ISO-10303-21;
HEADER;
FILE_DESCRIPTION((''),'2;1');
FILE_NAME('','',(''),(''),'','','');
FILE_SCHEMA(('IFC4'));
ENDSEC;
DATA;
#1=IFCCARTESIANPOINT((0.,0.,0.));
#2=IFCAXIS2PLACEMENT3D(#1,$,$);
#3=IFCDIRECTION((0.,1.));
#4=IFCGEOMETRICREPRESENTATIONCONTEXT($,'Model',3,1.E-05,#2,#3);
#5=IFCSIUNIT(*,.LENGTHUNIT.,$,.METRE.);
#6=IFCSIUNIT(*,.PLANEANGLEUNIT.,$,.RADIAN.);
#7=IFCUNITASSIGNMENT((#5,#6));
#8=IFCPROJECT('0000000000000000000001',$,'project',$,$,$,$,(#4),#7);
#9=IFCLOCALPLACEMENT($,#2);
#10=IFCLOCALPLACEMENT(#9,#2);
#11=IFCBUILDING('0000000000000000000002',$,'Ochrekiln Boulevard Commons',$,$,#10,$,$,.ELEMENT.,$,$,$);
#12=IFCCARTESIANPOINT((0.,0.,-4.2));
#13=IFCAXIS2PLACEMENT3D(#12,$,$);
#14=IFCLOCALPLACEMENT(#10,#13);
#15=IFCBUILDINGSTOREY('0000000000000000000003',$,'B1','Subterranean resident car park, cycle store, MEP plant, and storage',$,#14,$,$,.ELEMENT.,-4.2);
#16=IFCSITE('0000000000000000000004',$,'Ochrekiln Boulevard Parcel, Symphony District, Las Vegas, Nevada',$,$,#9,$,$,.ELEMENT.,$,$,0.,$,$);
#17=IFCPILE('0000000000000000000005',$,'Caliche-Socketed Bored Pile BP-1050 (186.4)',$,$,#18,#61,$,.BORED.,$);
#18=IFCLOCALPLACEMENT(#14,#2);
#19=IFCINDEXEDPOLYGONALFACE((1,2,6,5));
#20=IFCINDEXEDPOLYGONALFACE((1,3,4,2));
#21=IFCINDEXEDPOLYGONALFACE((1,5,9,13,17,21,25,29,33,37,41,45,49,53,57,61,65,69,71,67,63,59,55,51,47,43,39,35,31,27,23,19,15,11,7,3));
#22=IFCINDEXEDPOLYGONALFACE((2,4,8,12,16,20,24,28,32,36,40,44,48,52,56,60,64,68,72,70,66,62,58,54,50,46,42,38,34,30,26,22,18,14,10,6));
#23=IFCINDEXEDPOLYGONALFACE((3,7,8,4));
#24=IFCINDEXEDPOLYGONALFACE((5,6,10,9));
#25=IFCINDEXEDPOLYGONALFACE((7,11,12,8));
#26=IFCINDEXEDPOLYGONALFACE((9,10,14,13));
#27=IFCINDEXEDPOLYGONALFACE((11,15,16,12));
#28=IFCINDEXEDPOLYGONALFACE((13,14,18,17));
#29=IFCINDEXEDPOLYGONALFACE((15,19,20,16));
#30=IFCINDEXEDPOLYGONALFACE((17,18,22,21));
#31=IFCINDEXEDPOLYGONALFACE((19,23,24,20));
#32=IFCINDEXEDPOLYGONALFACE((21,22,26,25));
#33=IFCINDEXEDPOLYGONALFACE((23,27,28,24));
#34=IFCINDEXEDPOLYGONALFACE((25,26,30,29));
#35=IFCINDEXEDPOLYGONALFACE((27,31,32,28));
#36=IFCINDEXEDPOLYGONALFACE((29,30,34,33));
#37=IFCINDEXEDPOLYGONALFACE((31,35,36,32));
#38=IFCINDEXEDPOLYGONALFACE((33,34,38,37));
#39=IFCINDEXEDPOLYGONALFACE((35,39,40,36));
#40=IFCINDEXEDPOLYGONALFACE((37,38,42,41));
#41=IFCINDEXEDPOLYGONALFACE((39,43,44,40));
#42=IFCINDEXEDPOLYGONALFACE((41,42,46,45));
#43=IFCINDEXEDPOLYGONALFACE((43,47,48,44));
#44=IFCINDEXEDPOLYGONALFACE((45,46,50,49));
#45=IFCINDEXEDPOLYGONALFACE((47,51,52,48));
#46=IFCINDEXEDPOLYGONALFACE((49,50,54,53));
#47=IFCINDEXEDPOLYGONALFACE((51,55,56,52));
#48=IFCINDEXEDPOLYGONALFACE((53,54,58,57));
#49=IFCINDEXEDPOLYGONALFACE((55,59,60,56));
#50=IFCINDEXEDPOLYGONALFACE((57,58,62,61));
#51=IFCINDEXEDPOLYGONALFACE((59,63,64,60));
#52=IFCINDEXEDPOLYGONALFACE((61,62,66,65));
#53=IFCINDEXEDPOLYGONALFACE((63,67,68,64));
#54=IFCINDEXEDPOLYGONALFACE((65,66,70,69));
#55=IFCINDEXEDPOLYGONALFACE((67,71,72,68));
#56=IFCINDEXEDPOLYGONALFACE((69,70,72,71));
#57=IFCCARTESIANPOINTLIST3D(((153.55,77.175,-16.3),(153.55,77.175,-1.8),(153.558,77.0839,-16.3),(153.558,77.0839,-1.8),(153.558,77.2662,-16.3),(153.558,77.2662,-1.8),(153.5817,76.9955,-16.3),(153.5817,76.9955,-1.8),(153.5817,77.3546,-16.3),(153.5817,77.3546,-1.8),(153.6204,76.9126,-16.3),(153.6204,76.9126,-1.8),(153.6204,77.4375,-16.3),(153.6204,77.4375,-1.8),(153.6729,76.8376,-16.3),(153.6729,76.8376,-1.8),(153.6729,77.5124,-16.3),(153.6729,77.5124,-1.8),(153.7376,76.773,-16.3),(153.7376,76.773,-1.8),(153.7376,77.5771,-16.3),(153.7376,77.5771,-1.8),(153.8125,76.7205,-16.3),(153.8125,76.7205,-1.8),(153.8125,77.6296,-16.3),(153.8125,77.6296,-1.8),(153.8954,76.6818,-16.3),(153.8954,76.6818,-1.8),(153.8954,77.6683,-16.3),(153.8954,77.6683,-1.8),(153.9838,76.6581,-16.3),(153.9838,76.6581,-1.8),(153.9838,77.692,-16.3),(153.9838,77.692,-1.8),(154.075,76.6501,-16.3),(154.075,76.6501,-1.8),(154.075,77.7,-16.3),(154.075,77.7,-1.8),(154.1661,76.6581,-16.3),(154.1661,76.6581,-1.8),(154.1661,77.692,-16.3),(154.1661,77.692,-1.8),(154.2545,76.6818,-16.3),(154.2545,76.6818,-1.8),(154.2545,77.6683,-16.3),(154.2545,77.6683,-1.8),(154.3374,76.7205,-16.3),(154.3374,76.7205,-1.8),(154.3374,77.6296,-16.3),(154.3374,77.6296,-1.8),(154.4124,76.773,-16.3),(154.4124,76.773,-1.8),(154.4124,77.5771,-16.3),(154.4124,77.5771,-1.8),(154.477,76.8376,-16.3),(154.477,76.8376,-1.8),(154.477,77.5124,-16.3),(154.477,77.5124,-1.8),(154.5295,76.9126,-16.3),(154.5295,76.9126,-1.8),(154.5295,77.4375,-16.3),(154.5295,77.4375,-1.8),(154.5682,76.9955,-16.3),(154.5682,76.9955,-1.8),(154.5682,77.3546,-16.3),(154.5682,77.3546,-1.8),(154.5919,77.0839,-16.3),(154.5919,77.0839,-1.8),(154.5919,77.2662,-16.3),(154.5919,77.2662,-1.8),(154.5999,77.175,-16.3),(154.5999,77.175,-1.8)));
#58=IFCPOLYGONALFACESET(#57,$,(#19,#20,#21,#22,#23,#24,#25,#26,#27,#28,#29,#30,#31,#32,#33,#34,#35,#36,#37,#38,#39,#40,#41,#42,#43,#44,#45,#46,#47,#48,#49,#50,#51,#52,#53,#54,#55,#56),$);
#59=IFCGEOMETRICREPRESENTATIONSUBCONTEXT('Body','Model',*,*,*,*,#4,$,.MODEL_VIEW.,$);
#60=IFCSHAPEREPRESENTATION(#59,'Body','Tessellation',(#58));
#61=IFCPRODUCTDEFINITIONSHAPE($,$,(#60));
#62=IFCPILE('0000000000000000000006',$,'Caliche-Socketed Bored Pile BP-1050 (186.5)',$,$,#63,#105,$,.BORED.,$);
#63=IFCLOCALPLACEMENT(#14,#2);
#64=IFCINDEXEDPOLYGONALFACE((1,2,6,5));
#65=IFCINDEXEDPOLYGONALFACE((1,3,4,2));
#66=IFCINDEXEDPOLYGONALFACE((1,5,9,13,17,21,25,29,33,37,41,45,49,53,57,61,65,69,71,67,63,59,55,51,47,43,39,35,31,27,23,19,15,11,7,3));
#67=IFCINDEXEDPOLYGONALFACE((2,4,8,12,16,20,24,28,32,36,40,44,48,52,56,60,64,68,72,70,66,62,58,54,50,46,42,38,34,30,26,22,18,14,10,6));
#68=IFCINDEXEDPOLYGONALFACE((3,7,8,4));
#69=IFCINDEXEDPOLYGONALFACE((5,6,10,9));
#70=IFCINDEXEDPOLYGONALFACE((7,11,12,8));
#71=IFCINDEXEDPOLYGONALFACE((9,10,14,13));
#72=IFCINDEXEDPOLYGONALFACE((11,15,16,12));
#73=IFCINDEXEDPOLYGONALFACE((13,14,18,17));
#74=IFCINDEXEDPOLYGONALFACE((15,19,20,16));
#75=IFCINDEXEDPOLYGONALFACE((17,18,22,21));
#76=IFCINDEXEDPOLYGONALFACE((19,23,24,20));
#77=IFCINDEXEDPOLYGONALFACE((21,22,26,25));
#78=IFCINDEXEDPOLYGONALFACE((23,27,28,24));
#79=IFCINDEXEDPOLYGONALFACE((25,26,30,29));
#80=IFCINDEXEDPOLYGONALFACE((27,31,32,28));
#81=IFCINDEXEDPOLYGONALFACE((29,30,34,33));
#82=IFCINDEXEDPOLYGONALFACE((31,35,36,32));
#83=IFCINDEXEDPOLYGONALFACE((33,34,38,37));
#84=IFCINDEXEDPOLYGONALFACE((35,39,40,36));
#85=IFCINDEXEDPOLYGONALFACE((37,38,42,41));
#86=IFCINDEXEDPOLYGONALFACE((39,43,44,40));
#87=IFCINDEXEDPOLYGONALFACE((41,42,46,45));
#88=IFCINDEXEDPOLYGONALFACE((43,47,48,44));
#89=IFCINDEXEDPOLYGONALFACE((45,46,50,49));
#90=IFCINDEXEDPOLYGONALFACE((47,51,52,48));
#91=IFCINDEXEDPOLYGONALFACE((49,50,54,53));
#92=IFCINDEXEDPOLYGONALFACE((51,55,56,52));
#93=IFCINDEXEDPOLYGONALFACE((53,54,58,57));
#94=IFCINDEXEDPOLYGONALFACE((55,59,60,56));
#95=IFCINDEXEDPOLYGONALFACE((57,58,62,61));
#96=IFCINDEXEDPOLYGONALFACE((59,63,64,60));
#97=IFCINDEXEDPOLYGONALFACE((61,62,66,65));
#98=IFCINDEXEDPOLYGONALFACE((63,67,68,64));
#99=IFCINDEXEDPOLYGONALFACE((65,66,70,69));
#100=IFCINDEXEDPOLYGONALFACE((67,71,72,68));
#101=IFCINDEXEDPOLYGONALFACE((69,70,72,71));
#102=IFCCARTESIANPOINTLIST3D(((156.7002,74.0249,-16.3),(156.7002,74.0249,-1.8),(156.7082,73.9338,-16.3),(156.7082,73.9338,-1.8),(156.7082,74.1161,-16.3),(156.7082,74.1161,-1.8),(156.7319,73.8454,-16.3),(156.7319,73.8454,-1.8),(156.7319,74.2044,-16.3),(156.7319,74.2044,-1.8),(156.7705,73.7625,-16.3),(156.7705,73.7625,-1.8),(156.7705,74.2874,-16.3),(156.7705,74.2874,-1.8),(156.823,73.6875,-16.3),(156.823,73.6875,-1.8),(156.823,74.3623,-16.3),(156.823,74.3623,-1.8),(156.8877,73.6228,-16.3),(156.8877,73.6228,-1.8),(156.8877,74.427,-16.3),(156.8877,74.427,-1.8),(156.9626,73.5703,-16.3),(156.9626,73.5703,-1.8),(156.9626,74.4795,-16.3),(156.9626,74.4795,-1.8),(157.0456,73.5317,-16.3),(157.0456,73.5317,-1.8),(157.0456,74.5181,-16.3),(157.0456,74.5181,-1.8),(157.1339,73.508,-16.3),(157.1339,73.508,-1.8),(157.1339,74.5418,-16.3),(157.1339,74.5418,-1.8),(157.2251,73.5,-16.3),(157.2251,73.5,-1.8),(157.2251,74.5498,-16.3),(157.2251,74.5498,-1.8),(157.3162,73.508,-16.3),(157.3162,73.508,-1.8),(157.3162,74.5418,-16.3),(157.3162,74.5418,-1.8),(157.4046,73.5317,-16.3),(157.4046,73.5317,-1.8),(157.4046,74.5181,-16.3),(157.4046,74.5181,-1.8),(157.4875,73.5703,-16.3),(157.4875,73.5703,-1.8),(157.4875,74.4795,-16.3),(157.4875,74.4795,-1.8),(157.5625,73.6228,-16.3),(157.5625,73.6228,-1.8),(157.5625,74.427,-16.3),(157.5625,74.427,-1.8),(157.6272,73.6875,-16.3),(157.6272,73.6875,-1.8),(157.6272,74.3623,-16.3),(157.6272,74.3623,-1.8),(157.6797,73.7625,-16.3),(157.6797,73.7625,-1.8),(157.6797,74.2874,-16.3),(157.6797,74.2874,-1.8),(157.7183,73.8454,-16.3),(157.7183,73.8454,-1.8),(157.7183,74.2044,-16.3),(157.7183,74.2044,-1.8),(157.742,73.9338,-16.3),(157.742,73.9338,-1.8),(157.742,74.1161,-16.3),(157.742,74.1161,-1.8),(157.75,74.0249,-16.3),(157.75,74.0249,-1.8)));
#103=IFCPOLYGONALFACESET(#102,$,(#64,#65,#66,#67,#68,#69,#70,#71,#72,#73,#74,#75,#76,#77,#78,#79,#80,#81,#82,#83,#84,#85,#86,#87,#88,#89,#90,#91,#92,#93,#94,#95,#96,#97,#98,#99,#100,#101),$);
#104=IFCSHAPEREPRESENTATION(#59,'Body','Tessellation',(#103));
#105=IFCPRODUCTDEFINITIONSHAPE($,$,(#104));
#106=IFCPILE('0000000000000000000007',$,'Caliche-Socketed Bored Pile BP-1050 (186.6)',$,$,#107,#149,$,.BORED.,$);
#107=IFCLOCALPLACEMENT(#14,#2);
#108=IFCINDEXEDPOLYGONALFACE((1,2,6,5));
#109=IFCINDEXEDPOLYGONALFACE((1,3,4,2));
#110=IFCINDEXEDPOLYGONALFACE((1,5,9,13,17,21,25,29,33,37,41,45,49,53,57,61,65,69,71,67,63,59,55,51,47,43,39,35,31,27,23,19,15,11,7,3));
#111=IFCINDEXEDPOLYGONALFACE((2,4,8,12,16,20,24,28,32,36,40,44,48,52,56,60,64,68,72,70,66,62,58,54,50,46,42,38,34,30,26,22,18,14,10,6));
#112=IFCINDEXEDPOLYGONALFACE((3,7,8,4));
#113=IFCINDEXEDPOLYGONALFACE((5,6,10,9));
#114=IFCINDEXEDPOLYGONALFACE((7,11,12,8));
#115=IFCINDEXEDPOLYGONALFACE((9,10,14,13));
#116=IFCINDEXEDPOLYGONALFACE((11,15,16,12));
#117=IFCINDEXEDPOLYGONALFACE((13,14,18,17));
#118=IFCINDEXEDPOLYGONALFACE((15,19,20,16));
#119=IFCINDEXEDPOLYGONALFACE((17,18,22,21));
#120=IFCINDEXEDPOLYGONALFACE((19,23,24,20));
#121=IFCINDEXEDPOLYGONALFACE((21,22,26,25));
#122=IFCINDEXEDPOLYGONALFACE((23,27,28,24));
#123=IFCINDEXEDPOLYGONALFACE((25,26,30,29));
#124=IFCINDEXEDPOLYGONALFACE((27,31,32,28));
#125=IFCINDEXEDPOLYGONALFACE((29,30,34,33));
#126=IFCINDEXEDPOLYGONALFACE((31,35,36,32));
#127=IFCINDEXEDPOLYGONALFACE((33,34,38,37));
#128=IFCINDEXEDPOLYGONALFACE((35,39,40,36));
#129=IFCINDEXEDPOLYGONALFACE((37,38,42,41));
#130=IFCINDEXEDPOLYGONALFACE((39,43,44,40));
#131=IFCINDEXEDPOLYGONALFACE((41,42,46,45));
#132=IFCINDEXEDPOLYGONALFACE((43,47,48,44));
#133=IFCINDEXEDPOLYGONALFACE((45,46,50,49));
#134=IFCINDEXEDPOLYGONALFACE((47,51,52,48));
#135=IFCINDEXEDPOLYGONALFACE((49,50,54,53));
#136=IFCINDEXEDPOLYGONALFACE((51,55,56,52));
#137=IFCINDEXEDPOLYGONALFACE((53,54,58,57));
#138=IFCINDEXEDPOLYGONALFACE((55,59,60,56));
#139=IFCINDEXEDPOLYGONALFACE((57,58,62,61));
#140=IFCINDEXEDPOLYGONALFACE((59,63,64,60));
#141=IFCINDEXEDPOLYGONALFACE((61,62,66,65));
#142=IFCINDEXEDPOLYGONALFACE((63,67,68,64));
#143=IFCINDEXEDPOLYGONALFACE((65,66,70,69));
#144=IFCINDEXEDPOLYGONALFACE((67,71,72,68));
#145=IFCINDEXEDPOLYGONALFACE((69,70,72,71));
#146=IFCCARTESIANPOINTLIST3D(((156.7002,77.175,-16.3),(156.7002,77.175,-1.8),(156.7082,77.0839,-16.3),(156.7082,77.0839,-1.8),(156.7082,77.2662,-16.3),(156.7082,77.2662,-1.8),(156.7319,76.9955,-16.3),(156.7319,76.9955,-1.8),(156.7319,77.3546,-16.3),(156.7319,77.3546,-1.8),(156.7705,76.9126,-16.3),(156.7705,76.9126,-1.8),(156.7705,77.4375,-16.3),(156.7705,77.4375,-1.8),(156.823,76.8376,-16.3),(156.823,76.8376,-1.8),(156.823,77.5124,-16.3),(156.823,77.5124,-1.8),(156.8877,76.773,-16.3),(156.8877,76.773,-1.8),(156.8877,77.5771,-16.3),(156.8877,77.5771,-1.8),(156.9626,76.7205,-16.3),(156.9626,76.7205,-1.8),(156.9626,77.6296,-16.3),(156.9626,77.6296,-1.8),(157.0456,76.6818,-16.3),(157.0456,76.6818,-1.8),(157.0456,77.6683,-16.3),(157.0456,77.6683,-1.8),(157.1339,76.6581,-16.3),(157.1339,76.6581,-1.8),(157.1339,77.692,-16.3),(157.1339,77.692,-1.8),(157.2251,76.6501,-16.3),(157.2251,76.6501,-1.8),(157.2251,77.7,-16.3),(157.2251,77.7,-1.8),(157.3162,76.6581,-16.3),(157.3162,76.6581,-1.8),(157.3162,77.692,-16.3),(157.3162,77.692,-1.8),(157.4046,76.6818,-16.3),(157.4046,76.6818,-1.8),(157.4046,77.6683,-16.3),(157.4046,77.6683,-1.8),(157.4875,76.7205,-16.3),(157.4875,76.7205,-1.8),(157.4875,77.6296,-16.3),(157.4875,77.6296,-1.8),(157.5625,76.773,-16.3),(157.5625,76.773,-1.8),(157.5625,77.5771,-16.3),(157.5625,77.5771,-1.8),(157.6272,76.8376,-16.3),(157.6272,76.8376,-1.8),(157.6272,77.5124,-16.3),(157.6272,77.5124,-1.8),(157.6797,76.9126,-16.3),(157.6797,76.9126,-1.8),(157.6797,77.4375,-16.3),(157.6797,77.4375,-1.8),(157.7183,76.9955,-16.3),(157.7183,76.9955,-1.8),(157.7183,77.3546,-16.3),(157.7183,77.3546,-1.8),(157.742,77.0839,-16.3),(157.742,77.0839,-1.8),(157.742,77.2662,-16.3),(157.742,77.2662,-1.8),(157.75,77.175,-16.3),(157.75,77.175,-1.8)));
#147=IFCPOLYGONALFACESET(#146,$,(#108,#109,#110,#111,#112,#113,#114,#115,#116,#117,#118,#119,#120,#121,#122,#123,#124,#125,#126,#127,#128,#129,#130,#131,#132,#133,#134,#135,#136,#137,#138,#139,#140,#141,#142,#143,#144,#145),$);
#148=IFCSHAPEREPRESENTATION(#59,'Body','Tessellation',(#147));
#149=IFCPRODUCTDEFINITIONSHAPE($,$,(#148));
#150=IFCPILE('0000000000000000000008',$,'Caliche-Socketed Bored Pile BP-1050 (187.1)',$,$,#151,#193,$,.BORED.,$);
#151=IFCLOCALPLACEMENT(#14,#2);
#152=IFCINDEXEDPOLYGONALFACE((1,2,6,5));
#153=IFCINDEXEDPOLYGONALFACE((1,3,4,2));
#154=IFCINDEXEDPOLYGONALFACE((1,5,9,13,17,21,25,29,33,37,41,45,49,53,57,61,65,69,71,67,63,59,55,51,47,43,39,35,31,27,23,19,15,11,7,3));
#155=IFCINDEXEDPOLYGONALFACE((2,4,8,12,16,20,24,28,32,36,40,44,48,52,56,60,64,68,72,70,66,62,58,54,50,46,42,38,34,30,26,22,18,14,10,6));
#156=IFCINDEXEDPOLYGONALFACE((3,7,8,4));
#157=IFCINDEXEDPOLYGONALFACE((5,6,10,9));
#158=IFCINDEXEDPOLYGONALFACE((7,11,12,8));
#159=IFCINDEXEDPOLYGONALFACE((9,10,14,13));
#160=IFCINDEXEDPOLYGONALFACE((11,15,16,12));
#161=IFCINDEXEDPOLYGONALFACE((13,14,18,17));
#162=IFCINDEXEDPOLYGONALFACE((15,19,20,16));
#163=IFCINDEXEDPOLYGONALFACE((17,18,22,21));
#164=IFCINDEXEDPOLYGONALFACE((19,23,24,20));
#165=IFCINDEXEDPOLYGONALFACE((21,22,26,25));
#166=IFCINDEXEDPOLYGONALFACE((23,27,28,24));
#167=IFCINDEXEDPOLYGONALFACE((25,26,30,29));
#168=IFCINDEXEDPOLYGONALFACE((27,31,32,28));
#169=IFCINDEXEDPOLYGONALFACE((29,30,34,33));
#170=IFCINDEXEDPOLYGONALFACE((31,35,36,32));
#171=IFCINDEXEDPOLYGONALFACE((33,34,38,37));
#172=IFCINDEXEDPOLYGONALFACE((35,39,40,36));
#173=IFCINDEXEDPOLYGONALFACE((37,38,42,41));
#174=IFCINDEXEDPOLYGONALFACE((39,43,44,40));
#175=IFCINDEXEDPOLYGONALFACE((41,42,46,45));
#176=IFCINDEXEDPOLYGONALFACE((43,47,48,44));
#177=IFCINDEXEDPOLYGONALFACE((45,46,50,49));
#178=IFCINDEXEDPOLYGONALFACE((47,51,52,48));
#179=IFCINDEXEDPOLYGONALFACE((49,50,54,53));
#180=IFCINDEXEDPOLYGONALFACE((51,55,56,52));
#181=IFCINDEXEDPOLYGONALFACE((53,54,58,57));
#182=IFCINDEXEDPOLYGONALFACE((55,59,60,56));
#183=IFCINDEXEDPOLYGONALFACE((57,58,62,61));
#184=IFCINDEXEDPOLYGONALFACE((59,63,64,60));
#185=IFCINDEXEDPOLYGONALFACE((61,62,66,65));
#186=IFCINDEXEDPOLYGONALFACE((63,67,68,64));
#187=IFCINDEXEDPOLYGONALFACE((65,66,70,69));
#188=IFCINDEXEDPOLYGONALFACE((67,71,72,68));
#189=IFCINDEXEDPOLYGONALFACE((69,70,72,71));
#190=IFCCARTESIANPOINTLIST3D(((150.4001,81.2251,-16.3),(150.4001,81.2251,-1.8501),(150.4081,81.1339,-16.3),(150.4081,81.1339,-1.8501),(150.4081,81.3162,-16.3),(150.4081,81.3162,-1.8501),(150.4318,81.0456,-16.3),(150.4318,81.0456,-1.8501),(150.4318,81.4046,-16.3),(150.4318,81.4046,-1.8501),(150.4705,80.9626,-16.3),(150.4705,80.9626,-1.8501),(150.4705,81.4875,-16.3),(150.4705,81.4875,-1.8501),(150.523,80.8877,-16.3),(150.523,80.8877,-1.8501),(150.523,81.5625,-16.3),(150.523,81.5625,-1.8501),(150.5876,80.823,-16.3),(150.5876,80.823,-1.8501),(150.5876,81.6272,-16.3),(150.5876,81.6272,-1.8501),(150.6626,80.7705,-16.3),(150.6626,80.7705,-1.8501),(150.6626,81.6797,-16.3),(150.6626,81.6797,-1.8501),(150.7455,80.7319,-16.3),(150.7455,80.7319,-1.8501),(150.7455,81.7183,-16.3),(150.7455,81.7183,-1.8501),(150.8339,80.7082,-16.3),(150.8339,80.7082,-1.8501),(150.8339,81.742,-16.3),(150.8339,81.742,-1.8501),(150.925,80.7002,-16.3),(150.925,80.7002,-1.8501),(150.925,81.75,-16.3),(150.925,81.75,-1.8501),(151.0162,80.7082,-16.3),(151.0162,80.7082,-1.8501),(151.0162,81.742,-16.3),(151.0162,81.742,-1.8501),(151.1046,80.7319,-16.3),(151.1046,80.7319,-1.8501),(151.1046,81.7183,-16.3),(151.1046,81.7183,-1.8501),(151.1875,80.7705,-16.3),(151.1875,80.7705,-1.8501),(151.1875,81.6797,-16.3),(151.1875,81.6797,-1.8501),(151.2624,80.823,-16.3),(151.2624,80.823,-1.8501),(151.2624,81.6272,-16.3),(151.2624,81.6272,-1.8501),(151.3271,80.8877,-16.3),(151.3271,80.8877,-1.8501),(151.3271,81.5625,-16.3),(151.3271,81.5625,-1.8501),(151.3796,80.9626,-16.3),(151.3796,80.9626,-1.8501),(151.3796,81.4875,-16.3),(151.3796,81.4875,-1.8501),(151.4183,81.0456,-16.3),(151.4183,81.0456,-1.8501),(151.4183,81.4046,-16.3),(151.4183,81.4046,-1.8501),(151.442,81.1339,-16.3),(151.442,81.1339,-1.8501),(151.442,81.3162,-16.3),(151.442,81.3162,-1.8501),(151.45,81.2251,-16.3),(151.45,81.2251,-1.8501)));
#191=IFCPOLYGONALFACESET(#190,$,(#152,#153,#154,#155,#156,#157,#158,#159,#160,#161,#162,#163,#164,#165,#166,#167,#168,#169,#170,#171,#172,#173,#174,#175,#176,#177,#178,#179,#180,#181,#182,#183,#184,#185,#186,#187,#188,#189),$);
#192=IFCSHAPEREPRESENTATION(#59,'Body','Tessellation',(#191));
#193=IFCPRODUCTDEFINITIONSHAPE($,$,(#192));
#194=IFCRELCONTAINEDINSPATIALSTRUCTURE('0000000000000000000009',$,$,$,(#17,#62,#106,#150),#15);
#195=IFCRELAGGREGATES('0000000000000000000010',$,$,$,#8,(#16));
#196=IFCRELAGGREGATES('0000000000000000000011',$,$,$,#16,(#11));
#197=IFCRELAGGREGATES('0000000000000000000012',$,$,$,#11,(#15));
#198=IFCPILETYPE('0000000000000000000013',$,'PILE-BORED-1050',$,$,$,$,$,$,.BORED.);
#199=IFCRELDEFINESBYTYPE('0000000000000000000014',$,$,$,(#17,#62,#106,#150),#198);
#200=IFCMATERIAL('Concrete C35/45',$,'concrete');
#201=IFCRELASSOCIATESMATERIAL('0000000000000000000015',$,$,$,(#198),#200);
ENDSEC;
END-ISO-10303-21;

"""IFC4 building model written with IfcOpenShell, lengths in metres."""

from ifc_helpers import new_model, si_unit, direction, frame, origin, origin_2d, place, context, subcontext, project, spatial, circle, extrude, material, material_profile, profile_set, type_object, element, save


model = new_model("IFC4")

# Units and contexts
model_context = context("Model", 3, precision=1e-05, world=origin(), true_north=direction((0.0, 1.0)))
body_context = subcontext(model_context, "Body", "Model", "MODEL_VIEW")
ifc_project = project(units=[si_unit("LENGTHUNIT", "METRE"), si_unit("PLANEANGLEUNIT", "RADIAN")], contexts=[model_context])

# Site, building, storey
site_placement = place(None, origin())
site = spatial("IfcSite", under=ifc_project, at=site_placement, Name="Ochrekiln Boulevard Parcel, Symphony District, Las Vegas, Nevada", CompositionType="ELEMENT", RefElevation=0.0)
building_placement = place(site_placement, origin())
building = spatial("IfcBuilding", under=site, at=building_placement, Name="Ochrekiln Boulevard Commons", CompositionType="ELEMENT")
storey_placement = place(building_placement, frame((0.0, 0.0, -4.2)))
storey = spatial("IfcBuildingStorey", under=building, at=storey_placement, Name="B1", Description="Subterranean resident car park, cycle store, MEP plant, and storage", CompositionType="ELEMENT", Elevation=-4.2)

# Shared definitions
ifc_material_1 = material(Name="Concrete C35/45", Category="concrete")

# Piles
ifc_material_profile_1 = material_profile(ifc_material_1, circle(Radius=0.5249, at=origin_2d()), Name="PILE-D1050")
ifc_profile_set_1 = profile_set([ifc_material_profile_1], Name="Concrete C35/45")
pile_type = type_object("IfcPileType", Name="PILE-BORED-1050", PredefinedType="BORED", material=ifc_profile_set_1)
for number, where, z_axis, x_axis, name in (
    (1, (154.075, 77.175, -1.8), (0.0, 0.0, -1.0), (1.0, 0.0, 0.0), "Caliche-Socketed Bored Pile BP-1050 (186.4)"),
    (2, (157.2251, 74.0249, -1.8), (0.0, 0.0, -1.0), (1.0, 0.0, 0.0), "Caliche-Socketed Bored Pile BP-1050 (186.5)"),
    (3, (157.2251, 77.175, -1.8), (0.0, 0.0, -1.0), (1.0, 0.0, 0.0), "Caliche-Socketed Bored Pile BP-1050 (186.6)"),
):
    element("IfcPile", number, at=place(storey_placement, frame(where, z_axis=z_axis, x_axis=x_axis)), inside=storey, type_object=pile_type, Name=name, PredefinedType="BORED", context=body_context, shape_type="SweptSolid", body=[
        extrude(circle(Radius=0.5249, at=origin_2d()), origin(), (0.0, 0.0, 1.0), 14.5),
    ])
for number, where, z_axis, x_axis, name in (
    (4, (150.925, 81.2251, -1.8501), (0.0, 0.0, -1.0), (1.0, 0.0, 0.0), "Caliche-Socketed Bored Pile BP-1050 (187.1)"),
):
    element("IfcPile", number, at=place(storey_placement, frame(where, z_axis=z_axis, x_axis=x_axis)), inside=storey, type_object=pile_type, Name=name, PredefinedType="BORED", context=body_context, shape_type="SweptSolid", body=[
        extrude(circle(Radius=0.5249, at=origin_2d()), origin(), (0.0, 0.0, 1.0), 14.45),
    ])

save(model, "model.ifc")
